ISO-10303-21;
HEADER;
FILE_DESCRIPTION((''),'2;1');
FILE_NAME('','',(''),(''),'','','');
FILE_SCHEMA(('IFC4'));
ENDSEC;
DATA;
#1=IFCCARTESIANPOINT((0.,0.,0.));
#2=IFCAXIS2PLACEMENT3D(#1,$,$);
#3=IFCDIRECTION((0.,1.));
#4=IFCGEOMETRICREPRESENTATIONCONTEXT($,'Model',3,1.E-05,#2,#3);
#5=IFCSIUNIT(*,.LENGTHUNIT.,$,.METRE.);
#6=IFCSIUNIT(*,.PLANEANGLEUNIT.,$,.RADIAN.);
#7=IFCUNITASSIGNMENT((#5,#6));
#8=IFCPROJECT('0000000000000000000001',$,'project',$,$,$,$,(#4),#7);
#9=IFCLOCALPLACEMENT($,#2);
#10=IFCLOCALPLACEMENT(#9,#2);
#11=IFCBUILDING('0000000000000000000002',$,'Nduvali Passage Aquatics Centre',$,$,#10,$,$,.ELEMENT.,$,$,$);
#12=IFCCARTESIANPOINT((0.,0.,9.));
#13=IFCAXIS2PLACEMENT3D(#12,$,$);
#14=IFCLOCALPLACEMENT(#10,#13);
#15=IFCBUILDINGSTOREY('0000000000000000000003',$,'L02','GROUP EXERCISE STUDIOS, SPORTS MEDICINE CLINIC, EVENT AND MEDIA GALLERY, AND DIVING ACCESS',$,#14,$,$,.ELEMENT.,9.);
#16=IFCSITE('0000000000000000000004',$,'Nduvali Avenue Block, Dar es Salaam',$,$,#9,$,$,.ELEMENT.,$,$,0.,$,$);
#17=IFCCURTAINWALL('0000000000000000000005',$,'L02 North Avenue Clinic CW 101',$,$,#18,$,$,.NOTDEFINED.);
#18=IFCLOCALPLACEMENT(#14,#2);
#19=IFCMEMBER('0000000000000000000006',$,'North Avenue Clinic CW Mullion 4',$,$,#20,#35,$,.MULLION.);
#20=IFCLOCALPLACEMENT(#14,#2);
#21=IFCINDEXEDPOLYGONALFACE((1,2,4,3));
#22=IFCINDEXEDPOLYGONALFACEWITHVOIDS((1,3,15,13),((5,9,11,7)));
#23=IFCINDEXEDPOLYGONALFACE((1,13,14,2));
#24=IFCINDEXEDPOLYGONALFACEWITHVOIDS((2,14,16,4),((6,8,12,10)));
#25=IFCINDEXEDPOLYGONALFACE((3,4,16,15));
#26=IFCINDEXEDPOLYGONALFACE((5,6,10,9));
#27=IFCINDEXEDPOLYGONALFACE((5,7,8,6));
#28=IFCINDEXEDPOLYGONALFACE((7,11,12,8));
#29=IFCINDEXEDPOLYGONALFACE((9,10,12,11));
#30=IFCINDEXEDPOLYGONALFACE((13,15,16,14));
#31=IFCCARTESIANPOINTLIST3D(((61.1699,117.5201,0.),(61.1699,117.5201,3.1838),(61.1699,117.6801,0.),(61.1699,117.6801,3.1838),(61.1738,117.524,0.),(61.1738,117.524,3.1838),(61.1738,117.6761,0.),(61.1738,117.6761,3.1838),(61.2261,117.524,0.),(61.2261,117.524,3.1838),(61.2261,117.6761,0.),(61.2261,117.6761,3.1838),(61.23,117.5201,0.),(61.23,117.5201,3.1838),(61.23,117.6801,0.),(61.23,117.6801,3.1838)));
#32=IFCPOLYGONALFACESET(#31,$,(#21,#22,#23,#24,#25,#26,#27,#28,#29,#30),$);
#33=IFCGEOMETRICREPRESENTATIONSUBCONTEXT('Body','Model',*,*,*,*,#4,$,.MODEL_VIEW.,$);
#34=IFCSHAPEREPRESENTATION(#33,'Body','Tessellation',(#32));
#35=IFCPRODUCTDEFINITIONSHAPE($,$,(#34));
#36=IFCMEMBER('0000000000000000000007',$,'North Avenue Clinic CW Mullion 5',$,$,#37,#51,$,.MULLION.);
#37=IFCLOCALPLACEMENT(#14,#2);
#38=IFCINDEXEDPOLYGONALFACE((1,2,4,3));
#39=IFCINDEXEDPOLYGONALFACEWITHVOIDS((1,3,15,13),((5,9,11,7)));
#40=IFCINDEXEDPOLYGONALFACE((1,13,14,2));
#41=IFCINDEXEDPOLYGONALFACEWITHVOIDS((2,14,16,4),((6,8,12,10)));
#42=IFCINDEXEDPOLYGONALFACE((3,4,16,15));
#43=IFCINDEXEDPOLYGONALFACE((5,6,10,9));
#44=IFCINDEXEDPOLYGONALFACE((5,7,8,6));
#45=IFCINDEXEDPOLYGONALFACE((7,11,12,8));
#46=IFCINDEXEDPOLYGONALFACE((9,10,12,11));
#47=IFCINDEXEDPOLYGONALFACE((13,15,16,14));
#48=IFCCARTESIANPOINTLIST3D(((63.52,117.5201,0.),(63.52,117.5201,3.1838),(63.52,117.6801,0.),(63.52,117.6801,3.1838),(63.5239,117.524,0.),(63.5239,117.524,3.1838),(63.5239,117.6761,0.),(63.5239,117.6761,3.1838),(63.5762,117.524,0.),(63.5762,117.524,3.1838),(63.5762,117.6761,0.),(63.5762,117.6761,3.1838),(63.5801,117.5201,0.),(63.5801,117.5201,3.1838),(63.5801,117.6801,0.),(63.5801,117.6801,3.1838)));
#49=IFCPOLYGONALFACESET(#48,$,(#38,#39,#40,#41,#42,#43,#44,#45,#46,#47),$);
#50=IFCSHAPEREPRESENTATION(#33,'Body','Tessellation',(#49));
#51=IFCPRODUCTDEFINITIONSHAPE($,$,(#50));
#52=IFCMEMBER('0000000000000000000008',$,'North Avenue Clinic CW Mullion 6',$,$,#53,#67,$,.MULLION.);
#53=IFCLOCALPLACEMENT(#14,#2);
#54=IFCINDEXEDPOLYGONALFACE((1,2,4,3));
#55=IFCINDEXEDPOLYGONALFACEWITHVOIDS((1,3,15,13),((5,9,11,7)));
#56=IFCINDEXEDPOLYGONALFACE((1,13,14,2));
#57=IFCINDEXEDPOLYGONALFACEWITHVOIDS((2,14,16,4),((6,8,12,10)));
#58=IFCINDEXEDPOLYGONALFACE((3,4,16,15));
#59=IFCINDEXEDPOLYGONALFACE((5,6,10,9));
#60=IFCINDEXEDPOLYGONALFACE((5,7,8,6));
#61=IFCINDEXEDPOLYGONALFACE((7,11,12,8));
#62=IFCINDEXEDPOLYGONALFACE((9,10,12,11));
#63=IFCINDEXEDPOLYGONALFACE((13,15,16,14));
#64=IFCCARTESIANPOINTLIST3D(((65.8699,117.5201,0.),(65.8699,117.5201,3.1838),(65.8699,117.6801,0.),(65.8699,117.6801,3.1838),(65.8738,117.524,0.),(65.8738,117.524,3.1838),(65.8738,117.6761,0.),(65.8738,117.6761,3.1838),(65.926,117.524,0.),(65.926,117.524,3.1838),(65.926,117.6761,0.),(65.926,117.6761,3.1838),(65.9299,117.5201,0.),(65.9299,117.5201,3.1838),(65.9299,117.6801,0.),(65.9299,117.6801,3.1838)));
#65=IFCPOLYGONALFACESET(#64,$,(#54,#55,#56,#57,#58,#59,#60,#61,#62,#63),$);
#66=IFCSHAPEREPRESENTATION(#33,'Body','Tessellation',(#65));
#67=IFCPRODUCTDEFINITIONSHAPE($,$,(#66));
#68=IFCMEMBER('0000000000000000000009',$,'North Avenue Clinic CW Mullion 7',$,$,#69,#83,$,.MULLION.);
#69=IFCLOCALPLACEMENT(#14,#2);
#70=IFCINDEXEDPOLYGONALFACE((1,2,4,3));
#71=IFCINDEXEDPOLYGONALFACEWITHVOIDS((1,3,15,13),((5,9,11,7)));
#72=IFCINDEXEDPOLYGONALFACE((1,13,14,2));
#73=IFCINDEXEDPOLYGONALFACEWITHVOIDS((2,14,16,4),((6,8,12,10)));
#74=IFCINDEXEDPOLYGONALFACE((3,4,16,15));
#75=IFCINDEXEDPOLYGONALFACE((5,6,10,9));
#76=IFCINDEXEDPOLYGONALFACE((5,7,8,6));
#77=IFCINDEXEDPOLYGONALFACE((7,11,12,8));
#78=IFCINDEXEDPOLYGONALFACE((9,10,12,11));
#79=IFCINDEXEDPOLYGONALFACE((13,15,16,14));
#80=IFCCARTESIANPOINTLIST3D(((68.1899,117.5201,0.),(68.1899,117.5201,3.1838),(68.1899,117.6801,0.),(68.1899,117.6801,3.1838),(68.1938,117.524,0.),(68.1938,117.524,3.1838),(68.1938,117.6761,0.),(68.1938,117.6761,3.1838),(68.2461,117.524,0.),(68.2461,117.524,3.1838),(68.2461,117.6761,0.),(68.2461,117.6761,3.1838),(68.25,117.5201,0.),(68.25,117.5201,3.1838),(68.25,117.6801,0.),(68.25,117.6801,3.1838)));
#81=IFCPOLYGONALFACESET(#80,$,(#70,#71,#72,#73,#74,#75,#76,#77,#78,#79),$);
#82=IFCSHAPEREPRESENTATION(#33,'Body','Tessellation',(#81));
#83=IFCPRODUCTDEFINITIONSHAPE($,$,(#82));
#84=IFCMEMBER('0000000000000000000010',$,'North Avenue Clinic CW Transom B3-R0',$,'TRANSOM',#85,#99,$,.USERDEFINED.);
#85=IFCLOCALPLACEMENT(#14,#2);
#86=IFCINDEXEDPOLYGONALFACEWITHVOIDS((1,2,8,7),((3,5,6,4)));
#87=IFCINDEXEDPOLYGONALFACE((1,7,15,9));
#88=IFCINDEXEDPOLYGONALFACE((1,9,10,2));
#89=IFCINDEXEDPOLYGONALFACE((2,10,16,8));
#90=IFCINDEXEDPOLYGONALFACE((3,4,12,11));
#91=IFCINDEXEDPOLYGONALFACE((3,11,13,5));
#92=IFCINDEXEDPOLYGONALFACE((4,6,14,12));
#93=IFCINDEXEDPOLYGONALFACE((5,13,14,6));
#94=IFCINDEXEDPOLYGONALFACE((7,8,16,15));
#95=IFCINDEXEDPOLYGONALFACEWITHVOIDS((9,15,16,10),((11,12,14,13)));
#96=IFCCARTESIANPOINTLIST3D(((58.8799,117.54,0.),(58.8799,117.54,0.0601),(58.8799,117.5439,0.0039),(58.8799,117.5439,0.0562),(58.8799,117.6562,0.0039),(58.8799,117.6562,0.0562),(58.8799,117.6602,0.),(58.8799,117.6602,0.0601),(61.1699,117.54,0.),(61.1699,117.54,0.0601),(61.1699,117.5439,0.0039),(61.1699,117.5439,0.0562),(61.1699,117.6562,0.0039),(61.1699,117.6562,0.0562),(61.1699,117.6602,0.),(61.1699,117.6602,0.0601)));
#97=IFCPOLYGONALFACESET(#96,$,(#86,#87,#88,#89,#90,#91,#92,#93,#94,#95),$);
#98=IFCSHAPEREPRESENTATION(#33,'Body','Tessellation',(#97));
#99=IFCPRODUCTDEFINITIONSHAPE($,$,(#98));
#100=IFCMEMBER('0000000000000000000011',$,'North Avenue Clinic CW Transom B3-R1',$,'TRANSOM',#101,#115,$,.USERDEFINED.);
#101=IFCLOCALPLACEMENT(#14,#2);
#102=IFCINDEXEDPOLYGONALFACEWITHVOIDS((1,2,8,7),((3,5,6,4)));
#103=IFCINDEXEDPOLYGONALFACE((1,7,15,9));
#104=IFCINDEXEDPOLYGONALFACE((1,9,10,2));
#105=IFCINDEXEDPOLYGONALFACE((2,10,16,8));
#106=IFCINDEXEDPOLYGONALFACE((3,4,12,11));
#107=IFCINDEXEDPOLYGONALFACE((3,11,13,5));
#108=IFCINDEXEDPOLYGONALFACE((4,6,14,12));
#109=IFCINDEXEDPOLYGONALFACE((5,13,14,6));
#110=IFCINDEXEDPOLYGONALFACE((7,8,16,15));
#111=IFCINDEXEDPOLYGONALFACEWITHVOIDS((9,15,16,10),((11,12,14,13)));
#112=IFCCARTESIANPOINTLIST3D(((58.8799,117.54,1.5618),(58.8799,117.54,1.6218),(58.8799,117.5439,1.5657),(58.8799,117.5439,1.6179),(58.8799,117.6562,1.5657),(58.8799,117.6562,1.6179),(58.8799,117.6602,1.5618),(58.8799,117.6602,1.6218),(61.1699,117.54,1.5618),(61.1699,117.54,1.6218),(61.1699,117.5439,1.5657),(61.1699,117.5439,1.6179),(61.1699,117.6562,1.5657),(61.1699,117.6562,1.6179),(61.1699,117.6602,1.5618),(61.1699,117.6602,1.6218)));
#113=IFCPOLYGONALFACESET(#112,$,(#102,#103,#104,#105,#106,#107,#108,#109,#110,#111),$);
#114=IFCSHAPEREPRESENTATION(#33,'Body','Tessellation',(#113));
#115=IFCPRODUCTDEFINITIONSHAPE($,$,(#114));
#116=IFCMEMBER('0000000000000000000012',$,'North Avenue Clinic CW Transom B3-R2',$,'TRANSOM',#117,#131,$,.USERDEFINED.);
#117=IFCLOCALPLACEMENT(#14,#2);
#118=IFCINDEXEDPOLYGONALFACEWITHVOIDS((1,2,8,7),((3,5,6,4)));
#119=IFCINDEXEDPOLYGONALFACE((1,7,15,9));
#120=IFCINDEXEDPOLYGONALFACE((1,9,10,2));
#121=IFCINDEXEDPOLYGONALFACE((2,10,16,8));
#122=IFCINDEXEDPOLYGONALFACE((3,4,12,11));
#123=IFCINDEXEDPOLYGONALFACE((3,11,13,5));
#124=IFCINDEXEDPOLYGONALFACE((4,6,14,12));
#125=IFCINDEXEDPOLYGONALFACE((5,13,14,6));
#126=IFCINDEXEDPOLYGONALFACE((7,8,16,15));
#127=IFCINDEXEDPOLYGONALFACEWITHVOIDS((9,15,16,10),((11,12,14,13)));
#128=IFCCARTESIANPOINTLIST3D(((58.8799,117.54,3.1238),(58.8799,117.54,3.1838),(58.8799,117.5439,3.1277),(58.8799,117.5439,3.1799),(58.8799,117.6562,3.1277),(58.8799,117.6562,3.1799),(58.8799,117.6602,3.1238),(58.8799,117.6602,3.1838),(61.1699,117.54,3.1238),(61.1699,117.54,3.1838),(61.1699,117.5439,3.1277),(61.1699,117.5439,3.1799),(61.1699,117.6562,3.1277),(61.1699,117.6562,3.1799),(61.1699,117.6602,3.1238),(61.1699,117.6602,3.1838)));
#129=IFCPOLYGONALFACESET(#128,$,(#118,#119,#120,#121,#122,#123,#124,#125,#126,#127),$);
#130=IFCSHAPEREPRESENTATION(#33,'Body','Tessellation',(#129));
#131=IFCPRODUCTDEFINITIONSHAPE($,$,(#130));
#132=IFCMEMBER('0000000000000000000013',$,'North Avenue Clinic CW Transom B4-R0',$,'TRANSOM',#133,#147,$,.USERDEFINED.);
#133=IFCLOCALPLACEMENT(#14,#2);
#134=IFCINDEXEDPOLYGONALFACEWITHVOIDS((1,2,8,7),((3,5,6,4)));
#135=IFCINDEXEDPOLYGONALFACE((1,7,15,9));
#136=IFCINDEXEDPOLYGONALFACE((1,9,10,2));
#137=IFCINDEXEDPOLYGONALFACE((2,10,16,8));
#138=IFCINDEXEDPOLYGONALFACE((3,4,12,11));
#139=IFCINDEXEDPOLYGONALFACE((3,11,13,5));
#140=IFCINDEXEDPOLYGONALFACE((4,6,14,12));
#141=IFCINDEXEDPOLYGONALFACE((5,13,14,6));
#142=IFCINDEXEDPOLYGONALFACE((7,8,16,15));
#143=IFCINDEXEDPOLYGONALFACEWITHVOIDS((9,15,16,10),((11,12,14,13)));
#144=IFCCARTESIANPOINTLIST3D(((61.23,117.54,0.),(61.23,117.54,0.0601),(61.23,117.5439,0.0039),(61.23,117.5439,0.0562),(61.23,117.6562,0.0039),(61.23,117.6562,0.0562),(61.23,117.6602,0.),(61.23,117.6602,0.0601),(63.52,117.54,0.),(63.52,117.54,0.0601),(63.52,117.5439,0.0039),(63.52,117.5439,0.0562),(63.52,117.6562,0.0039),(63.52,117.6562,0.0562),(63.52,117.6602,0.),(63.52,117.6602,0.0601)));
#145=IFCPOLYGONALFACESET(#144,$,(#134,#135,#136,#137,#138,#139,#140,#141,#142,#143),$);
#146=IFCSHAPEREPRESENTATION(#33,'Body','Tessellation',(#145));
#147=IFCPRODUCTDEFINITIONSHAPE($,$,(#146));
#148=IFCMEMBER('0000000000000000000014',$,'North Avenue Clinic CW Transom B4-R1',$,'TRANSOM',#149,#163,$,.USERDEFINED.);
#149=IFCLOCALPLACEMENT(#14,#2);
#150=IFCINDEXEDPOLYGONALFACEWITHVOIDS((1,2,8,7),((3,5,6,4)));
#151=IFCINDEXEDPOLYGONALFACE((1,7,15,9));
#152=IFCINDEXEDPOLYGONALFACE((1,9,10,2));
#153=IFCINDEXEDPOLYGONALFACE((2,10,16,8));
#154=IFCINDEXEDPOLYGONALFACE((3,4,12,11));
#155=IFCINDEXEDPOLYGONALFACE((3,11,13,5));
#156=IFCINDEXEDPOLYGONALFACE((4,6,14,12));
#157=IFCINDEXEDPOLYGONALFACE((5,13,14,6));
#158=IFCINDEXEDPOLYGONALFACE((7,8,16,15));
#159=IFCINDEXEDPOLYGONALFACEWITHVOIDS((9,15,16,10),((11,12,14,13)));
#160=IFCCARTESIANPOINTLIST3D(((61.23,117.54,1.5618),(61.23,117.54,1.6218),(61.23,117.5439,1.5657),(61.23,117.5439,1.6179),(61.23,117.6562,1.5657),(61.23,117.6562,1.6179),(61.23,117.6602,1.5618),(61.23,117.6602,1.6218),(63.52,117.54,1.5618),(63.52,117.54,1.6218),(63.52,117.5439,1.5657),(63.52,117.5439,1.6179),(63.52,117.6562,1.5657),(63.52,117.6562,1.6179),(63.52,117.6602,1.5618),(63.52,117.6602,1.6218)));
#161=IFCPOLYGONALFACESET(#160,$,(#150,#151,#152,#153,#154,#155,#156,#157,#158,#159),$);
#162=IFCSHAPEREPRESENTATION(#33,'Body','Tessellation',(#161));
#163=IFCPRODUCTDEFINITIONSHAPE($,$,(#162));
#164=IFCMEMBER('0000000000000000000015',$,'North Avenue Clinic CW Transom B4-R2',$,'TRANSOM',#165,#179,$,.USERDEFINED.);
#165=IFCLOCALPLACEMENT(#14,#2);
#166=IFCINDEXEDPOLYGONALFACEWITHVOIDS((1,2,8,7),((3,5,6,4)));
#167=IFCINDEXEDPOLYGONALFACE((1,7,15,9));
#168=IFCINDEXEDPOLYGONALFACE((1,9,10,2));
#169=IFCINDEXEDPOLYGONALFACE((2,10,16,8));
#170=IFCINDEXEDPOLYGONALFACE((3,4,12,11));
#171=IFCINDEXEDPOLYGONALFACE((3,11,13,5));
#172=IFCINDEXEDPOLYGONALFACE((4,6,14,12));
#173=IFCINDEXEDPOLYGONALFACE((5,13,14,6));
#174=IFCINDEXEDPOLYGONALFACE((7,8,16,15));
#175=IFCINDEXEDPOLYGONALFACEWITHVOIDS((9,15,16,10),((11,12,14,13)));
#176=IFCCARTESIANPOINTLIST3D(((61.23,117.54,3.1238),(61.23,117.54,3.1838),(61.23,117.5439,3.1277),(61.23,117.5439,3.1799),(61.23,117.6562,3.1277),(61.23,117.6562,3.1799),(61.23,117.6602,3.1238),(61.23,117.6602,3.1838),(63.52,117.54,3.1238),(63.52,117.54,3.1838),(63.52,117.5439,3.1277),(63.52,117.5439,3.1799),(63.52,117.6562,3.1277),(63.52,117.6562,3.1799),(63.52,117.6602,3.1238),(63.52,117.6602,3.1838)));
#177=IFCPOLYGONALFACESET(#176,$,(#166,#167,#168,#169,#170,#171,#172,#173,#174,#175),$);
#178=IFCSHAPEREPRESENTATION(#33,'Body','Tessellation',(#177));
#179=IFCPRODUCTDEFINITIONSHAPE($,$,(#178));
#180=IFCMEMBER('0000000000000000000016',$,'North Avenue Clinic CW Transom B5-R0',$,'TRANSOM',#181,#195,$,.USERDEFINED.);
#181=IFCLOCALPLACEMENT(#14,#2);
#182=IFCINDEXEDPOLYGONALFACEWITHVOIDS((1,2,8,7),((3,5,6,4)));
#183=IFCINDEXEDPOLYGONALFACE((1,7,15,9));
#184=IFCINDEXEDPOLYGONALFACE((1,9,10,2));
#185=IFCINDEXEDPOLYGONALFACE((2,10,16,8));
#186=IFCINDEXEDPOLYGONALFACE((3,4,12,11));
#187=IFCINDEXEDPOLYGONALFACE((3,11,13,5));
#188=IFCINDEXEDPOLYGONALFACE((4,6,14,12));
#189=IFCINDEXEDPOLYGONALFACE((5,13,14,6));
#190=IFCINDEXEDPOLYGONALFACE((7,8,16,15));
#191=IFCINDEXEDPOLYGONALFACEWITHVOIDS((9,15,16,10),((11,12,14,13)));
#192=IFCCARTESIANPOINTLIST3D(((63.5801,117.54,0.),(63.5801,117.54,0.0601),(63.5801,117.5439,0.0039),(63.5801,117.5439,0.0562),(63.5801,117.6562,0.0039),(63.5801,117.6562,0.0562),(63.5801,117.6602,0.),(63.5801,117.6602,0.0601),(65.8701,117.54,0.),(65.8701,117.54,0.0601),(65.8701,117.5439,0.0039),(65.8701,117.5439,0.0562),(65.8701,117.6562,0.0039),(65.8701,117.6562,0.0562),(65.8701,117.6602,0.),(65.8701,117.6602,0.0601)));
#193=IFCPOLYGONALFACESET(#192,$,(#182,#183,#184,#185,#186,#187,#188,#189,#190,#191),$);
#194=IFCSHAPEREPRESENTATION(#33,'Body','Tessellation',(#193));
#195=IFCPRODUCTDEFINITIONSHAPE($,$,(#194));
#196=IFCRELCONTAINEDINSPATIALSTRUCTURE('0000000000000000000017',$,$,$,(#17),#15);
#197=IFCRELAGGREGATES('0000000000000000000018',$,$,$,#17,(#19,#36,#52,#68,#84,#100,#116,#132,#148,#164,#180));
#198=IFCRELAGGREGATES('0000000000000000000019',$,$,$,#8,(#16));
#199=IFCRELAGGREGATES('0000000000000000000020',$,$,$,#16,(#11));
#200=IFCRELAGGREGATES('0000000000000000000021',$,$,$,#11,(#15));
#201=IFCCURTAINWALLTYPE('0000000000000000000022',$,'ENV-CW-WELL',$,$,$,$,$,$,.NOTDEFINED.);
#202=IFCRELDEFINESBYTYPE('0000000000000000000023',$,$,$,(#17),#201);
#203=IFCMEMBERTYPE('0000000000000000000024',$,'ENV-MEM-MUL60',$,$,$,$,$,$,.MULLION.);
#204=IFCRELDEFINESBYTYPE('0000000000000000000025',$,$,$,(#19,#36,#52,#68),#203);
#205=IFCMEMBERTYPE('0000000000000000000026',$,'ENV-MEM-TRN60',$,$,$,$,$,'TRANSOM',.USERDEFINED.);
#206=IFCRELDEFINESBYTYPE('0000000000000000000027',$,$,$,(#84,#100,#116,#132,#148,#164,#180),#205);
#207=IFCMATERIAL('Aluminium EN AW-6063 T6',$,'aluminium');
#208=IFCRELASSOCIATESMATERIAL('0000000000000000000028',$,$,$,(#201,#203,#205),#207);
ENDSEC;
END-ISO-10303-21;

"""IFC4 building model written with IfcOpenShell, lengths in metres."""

from ifc_helpers import new_model, si_unit, direction, frame, origin, origin_2d, place, context, subcontext, project, spatial, hollow_rectangle, extrude, material, material_profile, profile_set, type_object, element, aggregate, save


model = new_model("IFC4")

# Units and contexts
model_context = context("Model", 3, precision=1e-05, world=origin(), true_north=direction((0.0, 1.0)))
body_context = subcontext(model_context, "Body", "Model", "MODEL_VIEW")
ifc_project = project(units=[si_unit("LENGTHUNIT", "METRE"), si_unit("PLANEANGLEUNIT", "RADIAN")], contexts=[model_context])

# Site, building, storey
site_placement = place(None, origin())
site = spatial("IfcSite", under=ifc_project, at=site_placement, Name="Nduvali Avenue Block, Dar es Salaam", CompositionType="ELEMENT", RefElevation=0.0)
building_placement = place(site_placement, origin())
building = spatial("IfcBuilding", under=site, at=building_placement, Name="Nduvali Passage Aquatics Centre", CompositionType="ELEMENT")
storey_placement = place(building_placement, frame((0.0, 0.0, 9.0)))
storey = spatial("IfcBuildingStorey", under=building, at=storey_placement, Name="L02", Description="GROUP EXERCISE STUDIOS, SPORTS MEDICINE CLINIC, EVENT AND MEDIA GALLERY, AND DIVING ACCESS", CompositionType="ELEMENT", Elevation=9.0)

# Curtain wall, members
ifc_material_1 = material(Name="Aluminium EN AW-6063 T6", Category="aluminium")
curtain_wall_type = type_object("IfcCurtainWallType", Name="ENV-CW-WELL", PredefinedType="NOTDEFINED", material=ifc_material_1)
curtain_wall_placement = place(storey_placement, origin())
curtain_wall = element("IfcCurtainWall", 1, at=curtain_wall_placement, inside=storey, type_object=curtain_wall_type, Name="L02 North Avenue Clinic CW 101", PredefinedType="NOTDEFINED")
ifc_material_profile_1 = material_profile(ifc_material_1, hollow_rectangle(XDim=0.0601, YDim=0.1599, WallThickness=0.0039, at=origin_2d()), Name="ALU MULLION 60x160x4")
ifc_profile_set_1 = profile_set([ifc_material_profile_1], Name="Aluminium EN AW-6063 T6")
member_type_1 = type_object("IfcMemberType", Name="ENV-MEM-MUL60", PredefinedType="MULLION", material=ifc_profile_set_1)
member_1_placement = place(storey_placement, frame((61.2, 117.6001, 0.0), z_axis=(0.0, 0.0, 1.0), x_axis=(1.0, 0.0, 0.0)))
member_1 = element("IfcMember", 2, at=member_1_placement, type_object=member_type_1, Name="North Avenue Clinic CW Mullion 4", PredefinedType="MULLION", context=body_context, shape_type="SweptSolid", body=[
    extrude(hollow_rectangle(XDim=0.0601, YDim=0.1599, WallThickness=0.0039, at=origin_2d()), origin(), (0.0, 0.0, 1.0), 3.1838),
])
member_2_placement = place(storey_placement, frame((63.55, 117.6001, 0.0), z_axis=(0.0, 0.0, 1.0), x_axis=(1.0, 0.0, 0.0)))
member_2 = element("IfcMember", 3, at=member_2_placement, type_object=member_type_1, Name="North Avenue Clinic CW Mullion 5", PredefinedType="MULLION", context=body_context, shape_type="SweptSolid", body=[
    extrude(hollow_rectangle(XDim=0.0601, YDim=0.1599, WallThickness=0.0039, at=origin_2d()), origin(), (0.0, 0.0, 1.0), 3.1838),
])
member_3_placement = place(storey_placement, frame((65.8999, 117.6001, 0.0), z_axis=(0.0, 0.0, 1.0), x_axis=(1.0, 0.0, 0.0)))
member_3 = element("IfcMember", 4, at=member_3_placement, type_object=member_type_1, Name="North Avenue Clinic CW Mullion 6", PredefinedType="MULLION", context=body_context, shape_type="SweptSolid", body=[
    extrude(hollow_rectangle(XDim=0.0601, YDim=0.1599, WallThickness=0.0039, at=origin_2d()), origin(), (0.0, 0.0, 1.0), 3.1838),
])
member_4_placement = place(storey_placement, frame((68.22, 117.6001, 0.0), z_axis=(0.0, 0.0, 1.0), x_axis=(1.0, 0.0, 0.0)))
member_4 = element("IfcMember", 5, at=member_4_placement, type_object=member_type_1, Name="North Avenue Clinic CW Mullion 7", PredefinedType="MULLION", context=body_context, shape_type="SweptSolid", body=[
    extrude(hollow_rectangle(XDim=0.0601, YDim=0.1599, WallThickness=0.0039, at=origin_2d()), origin(), (0.0, 0.0, 1.0), 3.1838),
])
ifc_material_profile_2 = material_profile(ifc_material_1, hollow_rectangle(XDim=0.1201, YDim=0.0601, WallThickness=0.0039, at=origin_2d()), Name="ALU TRANSOM 120x60x4")
ifc_profile_set_2 = profile_set([ifc_material_profile_2], Name="Aluminium EN AW-6063 T6")
member_type_2 = type_object("IfcMemberType", Name="ENV-MEM-TRN60", ElementType="TRANSOM", PredefinedType="USERDEFINED", material=ifc_profile_set_2)
member_5_placement = place(storey_placement, frame((58.8799, 117.6001, 0.03), z_axis=(1.0, 0.0, 0.0), x_axis=(0.0, 1.0, 0.0)))
member_5 = element("IfcMember", 6, at=member_5_placement, type_object=member_type_2, Name="North Avenue Clinic CW Transom B3-R0", ObjectType="TRANSOM", PredefinedType="USERDEFINED", context=body_context, shape_type="SweptSolid", body=[
    extrude(hollow_rectangle(XDim=0.1201, YDim=0.0601, WallThickness=0.0039, at=origin_2d()), origin(), (0.0, 0.0, 1.0), 2.29),
])
member_6_placement = place(storey_placement, frame((58.8799, 117.6001, 1.5918), z_axis=(1.0, 0.0, 0.0), x_axis=(0.0, 1.0, 0.0)))
member_6 = element("IfcMember", 7, at=member_6_placement, type_object=member_type_2, Name="North Avenue Clinic CW Transom B3-R1", ObjectType="TRANSOM", PredefinedType="USERDEFINED", context=body_context, shape_type="SweptSolid", body=[
    extrude(hollow_rectangle(XDim=0.1201, YDim=0.0601, WallThickness=0.0039, at=origin_2d()), origin(), (0.0, 0.0, 1.0), 2.29),
])
member_7_placement = place(storey_placement, frame((58.8799, 117.6001, 3.1538), z_axis=(1.0, 0.0, 0.0), x_axis=(0.0, 1.0, 0.0)))
member_7 = element("IfcMember", 8, at=member_7_placement, type_object=member_type_2, Name="North Avenue Clinic CW Transom B3-R2", ObjectType="TRANSOM", PredefinedType="USERDEFINED", context=body_context, shape_type="SweptSolid", body=[
    extrude(hollow_rectangle(XDim=0.1201, YDim=0.0601, WallThickness=0.0039, at=origin_2d()), origin(), (0.0, 0.0, 1.0), 2.29),
])
member_8_placement = place(storey_placement, frame((61.23, 117.6001, 0.03), z_axis=(1.0, 0.0, 0.0), x_axis=(0.0, 1.0, 0.0)))
member_8 = element("IfcMember", 9, at=member_8_placement, type_object=member_type_2, Name="North Avenue Clinic CW Transom B4-R0", ObjectType="TRANSOM", PredefinedType="USERDEFINED", context=body_context, shape_type="SweptSolid", body=[
    extrude(hollow_rectangle(XDim=0.1201, YDim=0.0601, WallThickness=0.0039, at=origin_2d()), origin(), (0.0, 0.0, 1.0), 2.29),
])
member_9_placement = place(storey_placement, frame((61.23, 117.6001, 1.5918), z_axis=(1.0, 0.0, 0.0), x_axis=(0.0, 1.0, 0.0)))
member_9 = element("IfcMember", 10, at=member_9_placement, type_object=member_type_2, Name="North Avenue Clinic CW Transom B4-R1", ObjectType="TRANSOM", PredefinedType="USERDEFINED", context=body_context, shape_type="SweptSolid", body=[
    extrude(hollow_rectangle(XDim=0.1201, YDim=0.0601, WallThickness=0.0039, at=origin_2d()), origin(), (0.0, 0.0, 1.0), 2.29),
])
member_10_placement = place(storey_placement, frame((61.23, 117.6001, 3.1538), z_axis=(1.0, 0.0, 0.0), x_axis=(0.0, 1.0, 0.0)))
member_10 = element("IfcMember", 11, at=member_10_placement, type_object=member_type_2, Name="North Avenue Clinic CW Transom B4-R2", ObjectType="TRANSOM", PredefinedType="USERDEFINED", context=body_context, shape_type="SweptSolid", body=[
    extrude(hollow_rectangle(XDim=0.1201, YDim=0.0601, WallThickness=0.0039, at=origin_2d()), origin(), (0.0, 0.0, 1.0), 2.29),
])
member_11_placement = place(storey_placement, frame((63.5801, 117.6001, 0.03), z_axis=(1.0, 0.0, 0.0), x_axis=(0.0, 1.0, 0.0)))
member_11 = element("IfcMember", 12, at=member_11_placement, type_object=member_type_2, Name="North Avenue Clinic CW Transom B5-R0", ObjectType="TRANSOM", PredefinedType="USERDEFINED", context=body_context, shape_type="SweptSolid", body=[
    extrude(hollow_rectangle(XDim=0.1201, YDim=0.0601, WallThickness=0.0039, at=origin_2d()), origin(), (0.0, 0.0, 1.0), 2.29),
])
aggregate(curtain_wall, [member_1, member_2, member_3, member_4, member_5, member_6, member_7, member_8, member_9, member_10, member_11])

save(model, "model.ifc")
